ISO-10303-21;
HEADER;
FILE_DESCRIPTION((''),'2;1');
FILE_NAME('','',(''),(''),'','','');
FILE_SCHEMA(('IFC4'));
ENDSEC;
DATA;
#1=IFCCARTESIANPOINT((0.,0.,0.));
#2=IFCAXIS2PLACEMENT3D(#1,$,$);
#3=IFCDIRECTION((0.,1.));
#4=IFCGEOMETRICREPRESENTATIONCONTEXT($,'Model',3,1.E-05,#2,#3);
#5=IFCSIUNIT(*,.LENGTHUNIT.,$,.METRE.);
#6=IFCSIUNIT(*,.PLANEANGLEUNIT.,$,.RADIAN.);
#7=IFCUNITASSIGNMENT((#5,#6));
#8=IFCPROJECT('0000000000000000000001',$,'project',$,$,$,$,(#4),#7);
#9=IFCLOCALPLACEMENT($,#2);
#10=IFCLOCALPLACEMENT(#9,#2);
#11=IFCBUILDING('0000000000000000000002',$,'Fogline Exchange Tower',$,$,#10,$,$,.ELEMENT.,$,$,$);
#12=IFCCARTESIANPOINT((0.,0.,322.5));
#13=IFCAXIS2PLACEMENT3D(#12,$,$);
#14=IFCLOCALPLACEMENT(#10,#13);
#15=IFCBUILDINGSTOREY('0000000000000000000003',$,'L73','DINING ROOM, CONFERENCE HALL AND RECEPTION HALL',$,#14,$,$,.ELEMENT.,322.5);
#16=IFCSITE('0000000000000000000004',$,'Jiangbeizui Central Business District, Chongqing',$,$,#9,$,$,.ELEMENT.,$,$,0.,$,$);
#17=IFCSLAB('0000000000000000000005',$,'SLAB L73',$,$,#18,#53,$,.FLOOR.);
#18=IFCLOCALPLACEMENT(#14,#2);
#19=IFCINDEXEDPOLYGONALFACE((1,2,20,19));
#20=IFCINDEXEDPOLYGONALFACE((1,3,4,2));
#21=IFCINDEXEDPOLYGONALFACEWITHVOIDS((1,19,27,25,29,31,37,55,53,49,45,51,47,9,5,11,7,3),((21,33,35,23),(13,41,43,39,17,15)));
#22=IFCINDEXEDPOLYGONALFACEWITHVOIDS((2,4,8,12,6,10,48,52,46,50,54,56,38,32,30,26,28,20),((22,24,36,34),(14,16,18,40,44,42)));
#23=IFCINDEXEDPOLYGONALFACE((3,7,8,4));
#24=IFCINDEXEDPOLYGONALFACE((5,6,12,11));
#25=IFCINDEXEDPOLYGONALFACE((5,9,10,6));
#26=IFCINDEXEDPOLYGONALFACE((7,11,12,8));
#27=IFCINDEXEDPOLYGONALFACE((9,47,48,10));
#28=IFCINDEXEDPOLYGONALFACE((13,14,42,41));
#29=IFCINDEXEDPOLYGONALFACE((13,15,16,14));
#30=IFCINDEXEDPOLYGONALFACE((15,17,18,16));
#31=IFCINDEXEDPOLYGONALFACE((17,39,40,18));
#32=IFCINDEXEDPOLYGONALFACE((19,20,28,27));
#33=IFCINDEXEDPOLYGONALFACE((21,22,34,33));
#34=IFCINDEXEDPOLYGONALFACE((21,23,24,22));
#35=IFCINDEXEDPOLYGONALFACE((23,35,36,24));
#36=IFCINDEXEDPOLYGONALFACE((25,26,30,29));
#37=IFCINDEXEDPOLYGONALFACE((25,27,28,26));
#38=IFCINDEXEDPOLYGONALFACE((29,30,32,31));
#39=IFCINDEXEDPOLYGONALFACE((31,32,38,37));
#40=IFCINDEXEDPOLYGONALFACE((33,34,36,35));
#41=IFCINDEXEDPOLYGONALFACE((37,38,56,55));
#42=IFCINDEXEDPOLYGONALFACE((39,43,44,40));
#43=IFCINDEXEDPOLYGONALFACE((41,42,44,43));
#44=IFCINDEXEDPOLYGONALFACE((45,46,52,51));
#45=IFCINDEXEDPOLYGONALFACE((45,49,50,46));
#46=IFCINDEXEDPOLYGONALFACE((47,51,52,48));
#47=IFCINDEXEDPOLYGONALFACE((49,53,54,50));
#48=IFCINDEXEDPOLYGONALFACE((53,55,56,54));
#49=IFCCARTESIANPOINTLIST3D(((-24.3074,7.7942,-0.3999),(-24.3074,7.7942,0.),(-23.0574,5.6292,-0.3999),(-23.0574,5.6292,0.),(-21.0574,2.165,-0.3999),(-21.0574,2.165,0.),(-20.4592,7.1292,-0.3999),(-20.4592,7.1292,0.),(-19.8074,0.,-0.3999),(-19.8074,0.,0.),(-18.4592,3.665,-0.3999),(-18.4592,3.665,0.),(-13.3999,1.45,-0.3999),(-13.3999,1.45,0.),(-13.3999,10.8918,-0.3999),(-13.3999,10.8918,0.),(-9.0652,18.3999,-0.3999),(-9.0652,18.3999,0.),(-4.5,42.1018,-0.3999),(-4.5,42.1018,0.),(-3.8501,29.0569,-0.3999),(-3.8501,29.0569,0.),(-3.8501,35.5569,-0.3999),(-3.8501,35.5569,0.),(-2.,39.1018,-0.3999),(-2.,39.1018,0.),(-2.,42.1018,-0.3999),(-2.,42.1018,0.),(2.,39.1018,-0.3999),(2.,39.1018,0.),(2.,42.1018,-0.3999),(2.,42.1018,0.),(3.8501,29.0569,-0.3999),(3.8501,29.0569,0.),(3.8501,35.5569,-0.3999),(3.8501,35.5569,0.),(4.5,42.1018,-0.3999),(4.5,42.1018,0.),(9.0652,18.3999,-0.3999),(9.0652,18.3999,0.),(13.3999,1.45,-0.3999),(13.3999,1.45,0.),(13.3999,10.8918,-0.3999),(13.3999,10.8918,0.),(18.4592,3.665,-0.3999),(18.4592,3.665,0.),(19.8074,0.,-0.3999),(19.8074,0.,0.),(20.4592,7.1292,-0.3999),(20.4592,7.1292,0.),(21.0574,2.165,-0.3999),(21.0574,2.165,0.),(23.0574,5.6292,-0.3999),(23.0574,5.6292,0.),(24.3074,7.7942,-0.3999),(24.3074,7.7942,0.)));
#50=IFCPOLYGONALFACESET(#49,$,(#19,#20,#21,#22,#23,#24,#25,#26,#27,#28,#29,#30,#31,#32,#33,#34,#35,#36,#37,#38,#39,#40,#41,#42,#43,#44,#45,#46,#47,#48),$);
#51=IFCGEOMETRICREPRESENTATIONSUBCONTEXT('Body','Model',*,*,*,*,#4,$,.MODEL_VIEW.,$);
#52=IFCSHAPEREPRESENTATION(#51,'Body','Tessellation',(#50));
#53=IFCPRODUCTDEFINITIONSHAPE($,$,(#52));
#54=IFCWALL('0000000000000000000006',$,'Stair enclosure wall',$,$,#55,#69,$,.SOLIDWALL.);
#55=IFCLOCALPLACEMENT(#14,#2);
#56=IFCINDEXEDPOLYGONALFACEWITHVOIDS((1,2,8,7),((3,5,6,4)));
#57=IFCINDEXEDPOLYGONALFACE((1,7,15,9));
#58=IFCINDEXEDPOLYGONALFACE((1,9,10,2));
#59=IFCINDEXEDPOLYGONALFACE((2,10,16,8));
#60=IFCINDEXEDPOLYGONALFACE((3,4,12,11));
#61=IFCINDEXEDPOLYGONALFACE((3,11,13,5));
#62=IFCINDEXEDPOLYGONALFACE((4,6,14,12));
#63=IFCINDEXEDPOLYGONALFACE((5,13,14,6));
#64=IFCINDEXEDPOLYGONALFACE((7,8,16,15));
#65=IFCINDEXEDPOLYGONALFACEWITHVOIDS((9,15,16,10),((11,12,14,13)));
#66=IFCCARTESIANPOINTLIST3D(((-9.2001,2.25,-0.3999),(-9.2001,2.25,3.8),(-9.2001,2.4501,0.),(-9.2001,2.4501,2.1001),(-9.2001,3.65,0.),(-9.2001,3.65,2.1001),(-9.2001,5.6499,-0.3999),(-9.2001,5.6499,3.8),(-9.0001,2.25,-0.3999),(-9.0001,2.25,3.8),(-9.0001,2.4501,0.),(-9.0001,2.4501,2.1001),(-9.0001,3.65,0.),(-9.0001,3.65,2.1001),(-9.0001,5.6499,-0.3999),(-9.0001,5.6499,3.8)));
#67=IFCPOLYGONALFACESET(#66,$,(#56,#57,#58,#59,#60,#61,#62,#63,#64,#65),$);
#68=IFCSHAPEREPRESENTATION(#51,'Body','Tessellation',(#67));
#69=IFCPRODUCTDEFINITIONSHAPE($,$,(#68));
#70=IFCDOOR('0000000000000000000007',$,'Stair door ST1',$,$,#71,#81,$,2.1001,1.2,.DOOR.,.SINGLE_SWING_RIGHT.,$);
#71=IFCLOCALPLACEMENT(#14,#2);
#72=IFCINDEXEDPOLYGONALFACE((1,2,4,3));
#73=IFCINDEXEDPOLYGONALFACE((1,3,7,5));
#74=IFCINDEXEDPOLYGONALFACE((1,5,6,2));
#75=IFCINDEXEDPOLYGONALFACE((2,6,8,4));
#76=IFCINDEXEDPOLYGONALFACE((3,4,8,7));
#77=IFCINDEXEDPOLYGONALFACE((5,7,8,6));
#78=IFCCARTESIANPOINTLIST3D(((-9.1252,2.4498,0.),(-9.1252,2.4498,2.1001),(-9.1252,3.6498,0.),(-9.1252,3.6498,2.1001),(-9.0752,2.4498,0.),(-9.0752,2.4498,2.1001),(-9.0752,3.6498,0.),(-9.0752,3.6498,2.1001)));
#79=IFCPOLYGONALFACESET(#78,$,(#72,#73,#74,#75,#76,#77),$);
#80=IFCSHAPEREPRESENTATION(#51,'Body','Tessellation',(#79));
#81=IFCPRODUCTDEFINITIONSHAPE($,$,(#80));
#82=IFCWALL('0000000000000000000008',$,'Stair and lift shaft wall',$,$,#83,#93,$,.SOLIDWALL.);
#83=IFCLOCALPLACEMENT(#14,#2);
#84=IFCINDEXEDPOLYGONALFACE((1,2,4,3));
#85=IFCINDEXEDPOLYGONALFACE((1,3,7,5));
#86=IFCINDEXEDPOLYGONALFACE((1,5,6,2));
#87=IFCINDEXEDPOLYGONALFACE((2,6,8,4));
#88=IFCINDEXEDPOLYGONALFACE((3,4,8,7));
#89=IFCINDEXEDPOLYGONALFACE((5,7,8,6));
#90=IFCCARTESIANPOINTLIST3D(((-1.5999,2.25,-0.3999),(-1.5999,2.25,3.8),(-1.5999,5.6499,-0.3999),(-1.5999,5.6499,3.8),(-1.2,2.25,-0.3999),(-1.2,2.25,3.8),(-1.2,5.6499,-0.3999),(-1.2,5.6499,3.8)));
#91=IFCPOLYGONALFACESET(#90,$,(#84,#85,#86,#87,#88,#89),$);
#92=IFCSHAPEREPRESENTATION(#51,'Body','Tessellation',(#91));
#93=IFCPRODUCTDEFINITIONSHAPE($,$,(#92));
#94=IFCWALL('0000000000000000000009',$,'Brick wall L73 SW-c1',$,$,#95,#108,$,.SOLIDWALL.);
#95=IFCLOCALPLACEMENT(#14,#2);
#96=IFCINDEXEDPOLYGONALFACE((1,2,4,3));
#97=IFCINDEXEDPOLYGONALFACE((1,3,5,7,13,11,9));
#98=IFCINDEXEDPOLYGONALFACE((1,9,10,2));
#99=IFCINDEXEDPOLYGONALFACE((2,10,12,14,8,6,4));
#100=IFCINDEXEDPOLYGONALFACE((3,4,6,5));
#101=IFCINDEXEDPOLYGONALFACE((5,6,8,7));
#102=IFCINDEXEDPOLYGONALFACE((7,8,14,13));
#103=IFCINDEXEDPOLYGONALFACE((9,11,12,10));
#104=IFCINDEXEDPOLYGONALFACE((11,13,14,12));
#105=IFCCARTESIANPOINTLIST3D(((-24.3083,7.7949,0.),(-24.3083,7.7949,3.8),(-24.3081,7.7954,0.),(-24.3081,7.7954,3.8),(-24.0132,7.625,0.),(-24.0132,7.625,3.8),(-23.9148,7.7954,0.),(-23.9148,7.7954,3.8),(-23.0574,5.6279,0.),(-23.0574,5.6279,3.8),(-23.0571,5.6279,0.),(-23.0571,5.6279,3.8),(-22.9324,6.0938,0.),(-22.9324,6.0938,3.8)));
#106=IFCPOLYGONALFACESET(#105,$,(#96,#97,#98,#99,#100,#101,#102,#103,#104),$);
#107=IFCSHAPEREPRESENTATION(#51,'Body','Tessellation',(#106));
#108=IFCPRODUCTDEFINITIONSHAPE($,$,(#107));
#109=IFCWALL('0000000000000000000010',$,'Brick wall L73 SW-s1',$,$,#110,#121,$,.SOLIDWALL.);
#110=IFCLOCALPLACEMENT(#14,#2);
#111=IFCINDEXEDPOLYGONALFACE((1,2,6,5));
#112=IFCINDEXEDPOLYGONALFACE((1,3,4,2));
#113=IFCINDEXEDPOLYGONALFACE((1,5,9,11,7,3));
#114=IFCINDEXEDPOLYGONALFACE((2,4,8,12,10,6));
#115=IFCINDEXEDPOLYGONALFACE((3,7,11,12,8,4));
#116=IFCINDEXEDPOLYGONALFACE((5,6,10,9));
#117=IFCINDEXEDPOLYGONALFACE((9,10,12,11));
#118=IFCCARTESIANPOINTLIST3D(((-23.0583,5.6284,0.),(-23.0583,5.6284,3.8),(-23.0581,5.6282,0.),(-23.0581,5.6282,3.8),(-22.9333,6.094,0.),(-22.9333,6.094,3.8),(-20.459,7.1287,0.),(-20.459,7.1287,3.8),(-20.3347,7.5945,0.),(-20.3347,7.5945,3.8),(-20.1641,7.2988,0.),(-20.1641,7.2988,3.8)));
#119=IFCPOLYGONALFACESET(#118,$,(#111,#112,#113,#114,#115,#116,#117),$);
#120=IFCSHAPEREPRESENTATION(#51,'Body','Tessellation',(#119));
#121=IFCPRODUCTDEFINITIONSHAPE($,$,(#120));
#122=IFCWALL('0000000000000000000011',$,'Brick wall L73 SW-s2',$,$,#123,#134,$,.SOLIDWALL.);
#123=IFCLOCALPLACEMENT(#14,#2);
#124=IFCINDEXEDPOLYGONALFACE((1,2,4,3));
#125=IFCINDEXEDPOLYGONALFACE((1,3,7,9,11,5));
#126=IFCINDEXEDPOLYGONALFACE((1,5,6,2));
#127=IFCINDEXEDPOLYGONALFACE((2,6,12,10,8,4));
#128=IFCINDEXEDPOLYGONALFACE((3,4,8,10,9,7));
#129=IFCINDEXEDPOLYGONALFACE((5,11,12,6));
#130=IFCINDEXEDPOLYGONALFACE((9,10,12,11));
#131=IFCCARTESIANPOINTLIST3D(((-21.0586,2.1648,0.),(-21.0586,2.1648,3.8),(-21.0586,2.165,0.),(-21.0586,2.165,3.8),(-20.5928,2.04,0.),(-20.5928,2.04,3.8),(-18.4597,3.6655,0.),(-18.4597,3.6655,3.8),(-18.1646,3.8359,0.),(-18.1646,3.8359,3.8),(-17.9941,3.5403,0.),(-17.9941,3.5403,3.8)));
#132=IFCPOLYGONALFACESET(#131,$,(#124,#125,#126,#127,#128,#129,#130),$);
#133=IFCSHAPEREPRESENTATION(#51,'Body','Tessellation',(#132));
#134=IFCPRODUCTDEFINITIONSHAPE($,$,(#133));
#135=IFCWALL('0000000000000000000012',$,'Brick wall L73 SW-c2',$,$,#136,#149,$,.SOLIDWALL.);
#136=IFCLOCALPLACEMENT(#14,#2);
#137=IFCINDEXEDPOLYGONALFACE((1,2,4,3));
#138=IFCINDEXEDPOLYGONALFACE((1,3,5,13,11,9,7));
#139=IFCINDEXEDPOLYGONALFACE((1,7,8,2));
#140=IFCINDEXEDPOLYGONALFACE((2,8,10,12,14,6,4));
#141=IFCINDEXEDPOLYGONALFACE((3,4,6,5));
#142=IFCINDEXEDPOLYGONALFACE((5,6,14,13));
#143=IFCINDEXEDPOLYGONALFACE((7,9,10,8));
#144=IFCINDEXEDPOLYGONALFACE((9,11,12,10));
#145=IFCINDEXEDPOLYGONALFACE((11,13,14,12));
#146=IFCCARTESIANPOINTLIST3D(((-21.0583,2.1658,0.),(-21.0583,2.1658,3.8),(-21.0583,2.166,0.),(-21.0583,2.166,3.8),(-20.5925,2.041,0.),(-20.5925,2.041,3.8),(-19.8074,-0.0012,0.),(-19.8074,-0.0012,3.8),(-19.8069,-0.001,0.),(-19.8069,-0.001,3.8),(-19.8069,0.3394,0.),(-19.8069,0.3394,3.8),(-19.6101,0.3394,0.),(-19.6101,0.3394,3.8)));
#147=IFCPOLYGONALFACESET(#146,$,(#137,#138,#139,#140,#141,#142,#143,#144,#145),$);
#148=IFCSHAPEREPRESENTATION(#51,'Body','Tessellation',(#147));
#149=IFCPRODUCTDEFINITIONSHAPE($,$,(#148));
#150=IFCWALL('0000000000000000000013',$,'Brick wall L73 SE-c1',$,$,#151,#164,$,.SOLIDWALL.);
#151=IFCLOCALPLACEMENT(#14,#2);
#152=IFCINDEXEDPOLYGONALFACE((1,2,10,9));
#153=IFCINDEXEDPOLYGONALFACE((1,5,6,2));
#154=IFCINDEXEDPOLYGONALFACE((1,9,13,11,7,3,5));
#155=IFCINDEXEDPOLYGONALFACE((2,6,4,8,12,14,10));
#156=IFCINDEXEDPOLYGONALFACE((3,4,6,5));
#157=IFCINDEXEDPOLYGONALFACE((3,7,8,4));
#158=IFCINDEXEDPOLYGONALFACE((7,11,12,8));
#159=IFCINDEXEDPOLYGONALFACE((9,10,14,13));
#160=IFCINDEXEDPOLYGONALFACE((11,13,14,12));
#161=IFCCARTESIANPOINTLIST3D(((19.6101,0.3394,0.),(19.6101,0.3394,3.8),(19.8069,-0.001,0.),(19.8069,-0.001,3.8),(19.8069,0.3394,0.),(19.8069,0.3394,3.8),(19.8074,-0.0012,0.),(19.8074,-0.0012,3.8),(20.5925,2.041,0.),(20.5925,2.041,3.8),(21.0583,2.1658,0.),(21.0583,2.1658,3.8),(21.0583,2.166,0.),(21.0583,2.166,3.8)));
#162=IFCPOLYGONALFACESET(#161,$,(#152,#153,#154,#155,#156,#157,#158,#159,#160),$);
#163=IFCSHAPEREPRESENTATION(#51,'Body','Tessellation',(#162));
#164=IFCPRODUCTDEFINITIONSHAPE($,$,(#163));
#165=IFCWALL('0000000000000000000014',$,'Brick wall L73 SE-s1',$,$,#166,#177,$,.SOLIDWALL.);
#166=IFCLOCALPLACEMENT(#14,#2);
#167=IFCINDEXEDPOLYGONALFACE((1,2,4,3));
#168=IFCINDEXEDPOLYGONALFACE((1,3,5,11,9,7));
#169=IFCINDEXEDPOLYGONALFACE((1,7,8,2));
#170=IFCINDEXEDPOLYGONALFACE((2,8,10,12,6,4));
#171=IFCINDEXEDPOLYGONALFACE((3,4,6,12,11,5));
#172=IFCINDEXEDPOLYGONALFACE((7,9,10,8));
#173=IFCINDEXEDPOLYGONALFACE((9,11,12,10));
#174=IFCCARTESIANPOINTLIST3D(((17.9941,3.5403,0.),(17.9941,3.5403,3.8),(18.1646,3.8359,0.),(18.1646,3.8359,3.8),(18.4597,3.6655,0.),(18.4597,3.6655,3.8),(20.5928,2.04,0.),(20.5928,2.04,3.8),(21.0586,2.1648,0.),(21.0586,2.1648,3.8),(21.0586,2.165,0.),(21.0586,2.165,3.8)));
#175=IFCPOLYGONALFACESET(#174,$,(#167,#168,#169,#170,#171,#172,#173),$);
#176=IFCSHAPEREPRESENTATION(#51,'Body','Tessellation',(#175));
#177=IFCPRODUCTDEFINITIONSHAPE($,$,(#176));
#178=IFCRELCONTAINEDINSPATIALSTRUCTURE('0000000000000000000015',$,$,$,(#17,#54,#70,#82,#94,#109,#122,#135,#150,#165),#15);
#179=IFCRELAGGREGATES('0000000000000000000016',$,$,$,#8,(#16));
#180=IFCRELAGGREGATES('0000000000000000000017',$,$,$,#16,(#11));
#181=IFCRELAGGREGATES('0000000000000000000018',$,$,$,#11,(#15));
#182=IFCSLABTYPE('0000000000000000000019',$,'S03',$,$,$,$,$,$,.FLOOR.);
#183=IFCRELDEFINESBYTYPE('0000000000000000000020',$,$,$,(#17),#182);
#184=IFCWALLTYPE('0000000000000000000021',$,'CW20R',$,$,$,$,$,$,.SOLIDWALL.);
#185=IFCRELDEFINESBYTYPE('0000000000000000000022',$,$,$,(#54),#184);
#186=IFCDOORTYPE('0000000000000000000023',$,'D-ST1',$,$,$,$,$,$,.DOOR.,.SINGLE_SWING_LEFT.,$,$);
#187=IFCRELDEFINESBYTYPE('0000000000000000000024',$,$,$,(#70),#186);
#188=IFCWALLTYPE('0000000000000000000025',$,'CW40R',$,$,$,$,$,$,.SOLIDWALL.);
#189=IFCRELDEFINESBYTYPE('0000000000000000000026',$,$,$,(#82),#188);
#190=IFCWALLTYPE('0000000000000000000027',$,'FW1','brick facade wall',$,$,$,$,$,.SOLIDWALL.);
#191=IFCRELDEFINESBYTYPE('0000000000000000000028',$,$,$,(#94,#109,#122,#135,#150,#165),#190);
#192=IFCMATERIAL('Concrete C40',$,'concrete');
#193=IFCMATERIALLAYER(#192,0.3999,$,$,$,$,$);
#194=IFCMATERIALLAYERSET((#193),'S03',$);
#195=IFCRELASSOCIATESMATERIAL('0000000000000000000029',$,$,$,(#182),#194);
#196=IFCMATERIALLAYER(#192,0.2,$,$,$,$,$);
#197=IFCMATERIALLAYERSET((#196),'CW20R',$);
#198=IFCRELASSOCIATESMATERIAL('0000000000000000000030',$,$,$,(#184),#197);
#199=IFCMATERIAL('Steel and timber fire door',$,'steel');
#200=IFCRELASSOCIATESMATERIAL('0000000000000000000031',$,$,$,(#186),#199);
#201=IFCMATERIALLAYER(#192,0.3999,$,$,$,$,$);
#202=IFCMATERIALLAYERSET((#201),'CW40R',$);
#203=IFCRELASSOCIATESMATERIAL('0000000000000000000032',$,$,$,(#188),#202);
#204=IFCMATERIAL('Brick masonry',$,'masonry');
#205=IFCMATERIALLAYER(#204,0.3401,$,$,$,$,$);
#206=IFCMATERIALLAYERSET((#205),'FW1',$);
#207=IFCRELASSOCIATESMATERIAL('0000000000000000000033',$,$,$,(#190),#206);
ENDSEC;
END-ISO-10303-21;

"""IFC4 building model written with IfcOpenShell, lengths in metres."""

from ifc_helpers import new_model, si_unit, direction, frame, frame_2d, origin, place, context, subcontext, project, spatial, polyline, rectangle, outline, extrude, material, layer, layer_set, type_object, element, fill, save


model = new_model("IFC4")

# Units and contexts
model_context = context("Model", 3, precision=1e-05, world=origin(), true_north=direction((0.0, 1.0)))
body_context = subcontext(model_context, "Body", "Model", "MODEL_VIEW")
ifc_project = project(units=[si_unit("LENGTHUNIT", "METRE"), si_unit("PLANEANGLEUNIT", "RADIAN")], contexts=[model_context])

# Site, building, storey
site_placement = place(None, origin())
site = spatial("IfcSite", under=ifc_project, at=site_placement, Name="Jiangbeizui Central Business District, Chongqing", CompositionType="ELEMENT", RefElevation=0.0)
building_placement = place(site_placement, origin())
building = spatial("IfcBuilding", under=site, at=building_placement, Name="Fogline Exchange Tower", CompositionType="ELEMENT")
storey_placement = place(building_placement, frame((0.0, 0.0, 322.5)))
storey = spatial("IfcBuildingStorey", under=building, at=storey_placement, Name="L73", Description="DINING ROOM, CONFERENCE HALL AND RECEPTION HALL", CompositionType="ELEMENT", Elevation=322.5)

# Slab
ifc_material_1 = material(Name="Concrete C40", Category="concrete")
ifc_layer_1 = layer(ifc_material_1, 0.3999)
ifc_layer_set_1 = layer_set([ifc_layer_1], Name="S03")
slab_type = type_object("IfcSlabType", Name="S03", PredefinedType="FLOOR", material=ifc_layer_set_1)
slab_placement = place(storey_placement, frame((0.0, 0.0, -0.3999)))
element("IfcSlab", 1, at=slab_placement, inside=storey, type_object=slab_type, Name="SLAB L73", PredefinedType="FLOOR", context=body_context, shape_type="SweptSolid", body=[
    extrude(outline(polyline([(-2.0, 42.1018), (-4.5, 42.1018), (-24.3074, 7.7942), (-23.0574, 5.6292), (-20.4592, 7.1292), (-18.4592, 3.665), (-21.0574, 2.165), (-19.8074, 0.0), (19.8074, 0.0), (21.0574, 2.165), (18.4592, 3.665), (20.4592, 7.1292), (23.0574, 5.6292), (24.3074, 7.7942), (4.5, 42.1018), (2.0, 42.1018), (2.0, 39.1018), (-2.0, 39.1018), (-2.0, 42.1018)]), holes=[polyline([(13.3999, 10.8918), (13.3999, 1.45), (-13.3999, 1.45), (-13.3999, 10.8918), (-9.0652, 18.3999), (9.0652, 18.3999), (13.3999, 10.8918)]), polyline([(3.8501, 35.5569), (3.8501, 29.0569), (-3.8501, 29.0569), (-3.8501, 35.5569), (3.8501, 35.5569)])]), origin(), (0.0, 0.0, 1.0), 0.3999),
])

# Wall, opening, door
ifc_layer_2 = layer(ifc_material_1, 0.2)
ifc_layer_set_2 = layer_set([ifc_layer_2], Name="CW20R")
wall_type_1 = type_object("IfcWallType", Name="CW20R", PredefinedType="SOLIDWALL", material=ifc_layer_set_2)
wall_1_placement = place(storey_placement, frame((-9.1001, 2.25, -0.3999), z_axis=(0.0, 0.0, 1.0), x_axis=(0.0, 1.0, 0.0)))
wall_1 = element("IfcWall", 2, at=wall_1_placement, inside=storey, type_object=wall_type_1, Name="Stair enclosure wall", PredefinedType="SOLIDWALL", context=body_context, shape_type="SweptSolid", body=[
    extrude(rectangle(XDim=3.3999, YDim=0.2, at=frame_2d((1.7, 0.0))), origin(), (0.0, 0.0, 1.0), 4.2),
])
opening_placement = place(wall_1_placement, frame((0.2, 0.0, 0.3999)))
opening = element("IfcOpeningElement", 3, at=opening_placement, cuts=wall_1, PredefinedType="OPENING", context=body_context, shape_type="SweptSolid", body=[
    extrude(rectangle(XDim=1.2, YDim=2.1001, at=frame_2d((0.6001, 1.05))), frame((0.0, 0.1099, 0.0), z_axis=(0.0, -1.0, 0.0), x_axis=(1.0, 0.0, 0.0)), (0.0, 0.0, 1.0), 0.22),
])
ifc_material_2 = material(Name="Steel and timber fire door", Category="steel")
door_type = type_object("IfcDoorType", Name="D-ST1", OperationType="SINGLE_SWING_LEFT", PredefinedType="DOOR", material=ifc_material_2)
door_placement = place(opening_placement, frame((1.2, 0.0, 0.0), z_axis=(0.0, 0.0, 1.0), x_axis=(-1.0, 0.0, 0.0)))
door = element("IfcDoor", 4, at=door_placement, inside=storey, type_object=door_type, Name="Stair door ST1", OperationType="SINGLE_SWING_RIGHT", OverallHeight=2.1001, OverallWidth=1.2, PredefinedType="DOOR", context=body_context, shape_type="SweptSolid", body=[
    extrude(rectangle(XDim=1.2, YDim=2.1001, at=frame_2d((0.6001, 1.05))), frame((0.0, 0.0249, 0.0), z_axis=(0.0, -1.0, 0.0), x_axis=(1.0, 0.0, 0.0)), (0.0, 0.0, 1.0), 0.05),
])
fill(opening, door)

# Walls
ifc_layer_3 = layer(ifc_material_1, 0.3999)
ifc_layer_set_3 = layer_set([ifc_layer_3], Name="CW40R")
wall_type_2 = type_object("IfcWallType", Name="CW40R", PredefinedType="SOLIDWALL", material=ifc_layer_set_3)
wall_2_placement = place(storey_placement, frame((-1.3999, 2.25, -0.3999), z_axis=(0.0, 0.0, 1.0), x_axis=(0.0, 1.0, 0.0)))
element("IfcWall", 5, at=wall_2_placement, inside=storey, type_object=wall_type_2, Name="Stair and lift shaft wall", PredefinedType="SOLIDWALL", context=body_context, shape_type="SweptSolid", body=[
    extrude(rectangle(XDim=3.3999, YDim=0.3999, at=frame_2d((1.7, 0.0))), origin(), (0.0, 0.0, 1.0), 4.2),
])
ifc_material_3 = material(Name="Brick masonry", Category="masonry")
ifc_layer_4 = layer(ifc_material_3, 0.3401)
ifc_layer_set_4 = layer_set([ifc_layer_4], Name="FW1")
wall_type_3 = type_object("IfcWallType", Name="FW1", Description="brick facade wall", PredefinedType="SOLIDWALL", material=ifc_layer_set_4)
wall_3_placement = place(storey_placement, origin())
element("IfcWall", 6, at=wall_3_placement, inside=storey, type_object=wall_type_3, Name="Brick wall L73 SW-c1", PredefinedType="SOLIDWALL", context=body_context, shape_type="SweptSolid", body=[
    extrude(outline(polyline([(-23.0574, 5.6279), (-24.3083, 7.7949), (-24.3081, 7.7954), (-24.0132, 7.625), (-23.9148, 7.7954), (-22.9324, 6.0938), (-23.0571, 5.6279), (-23.0574, 5.6279)])), origin(), (0.0, 0.0, 1.0), 3.8),
])
wall_4_placement = place(storey_placement, origin())
element("IfcWall", 7, at=wall_4_placement, inside=storey, type_object=wall_type_3, Name="Brick wall L73 SW-s1", PredefinedType="SOLIDWALL", context=body_context, shape_type="SweptSolid", body=[
    extrude(outline(polyline([(-20.3347, 7.5945), (-20.1641, 7.2988), (-20.459, 7.1287), (-23.0581, 5.6282), (-23.0583, 5.6284), (-22.9333, 6.094), (-20.3347, 7.5945)])), origin(), (0.0, 0.0, 1.0), 3.8),
])
wall_5_placement = place(storey_placement, origin())
element("IfcWall", 8, at=wall_5_placement, inside=storey, type_object=wall_type_3, Name="Brick wall L73 SW-s2", PredefinedType="SOLIDWALL", context=body_context, shape_type="SweptSolid", body=[
    extrude(outline(polyline([(-21.0586, 2.165), (-18.4597, 3.6655), (-18.1646, 3.8359), (-17.9941, 3.5403), (-20.5928, 2.04), (-21.0586, 2.1648), (-21.0586, 2.165)])), origin(), (0.0, 0.0, 1.0), 3.8),
])
wall_6_placement = place(storey_placement, origin())
element("IfcWall", 9, at=wall_6_placement, inside=storey, type_object=wall_type_3, Name="Brick wall L73 SW-c2", PredefinedType="SOLIDWALL", context=body_context, shape_type="SweptSolid", body=[
    extrude(outline(polyline([(-19.6101, 0.3394), (-19.8069, 0.3394), (-19.8069, -0.001), (-19.8074, -0.0012), (-21.0583, 2.1658), (-21.0583, 2.166), (-20.5925, 2.041), (-19.6101, 0.3394)])), origin(), (0.0, 0.0, 1.0), 3.8),
])
wall_7_placement = place(storey_placement, origin())
element("IfcWall", 10, at=wall_7_placement, inside=storey, type_object=wall_type_3, Name="Brick wall L73 SE-c1", PredefinedType="SOLIDWALL", context=body_context, shape_type="SweptSolid", body=[
    extrude(outline(polyline([(21.0583, 2.1658), (19.8074, -0.0012), (19.8069, -0.001), (19.8069, 0.3394), (19.6101, 0.3394), (20.5925, 2.041), (21.0583, 2.166), (21.0583, 2.1658)])), origin(), (0.0, 0.0, 1.0), 3.8),
])
wall_8_placement = place(storey_placement, origin())
element("IfcWall", 11, at=wall_8_placement, inside=storey, type_object=wall_type_3, Name="Brick wall L73 SE-s1", PredefinedType="SOLIDWALL", context=body_context, shape_type="SweptSolid", body=[
    extrude(outline(polyline([(17.9941, 3.5403), (18.1646, 3.8359), (18.4597, 3.6655), (21.0586, 2.165), (21.0586, 2.1648), (20.5928, 2.04), (17.9941, 3.5403)])), origin(), (0.0, 0.0, 1.0), 3.8),
])

save(model, "model.ifc")
